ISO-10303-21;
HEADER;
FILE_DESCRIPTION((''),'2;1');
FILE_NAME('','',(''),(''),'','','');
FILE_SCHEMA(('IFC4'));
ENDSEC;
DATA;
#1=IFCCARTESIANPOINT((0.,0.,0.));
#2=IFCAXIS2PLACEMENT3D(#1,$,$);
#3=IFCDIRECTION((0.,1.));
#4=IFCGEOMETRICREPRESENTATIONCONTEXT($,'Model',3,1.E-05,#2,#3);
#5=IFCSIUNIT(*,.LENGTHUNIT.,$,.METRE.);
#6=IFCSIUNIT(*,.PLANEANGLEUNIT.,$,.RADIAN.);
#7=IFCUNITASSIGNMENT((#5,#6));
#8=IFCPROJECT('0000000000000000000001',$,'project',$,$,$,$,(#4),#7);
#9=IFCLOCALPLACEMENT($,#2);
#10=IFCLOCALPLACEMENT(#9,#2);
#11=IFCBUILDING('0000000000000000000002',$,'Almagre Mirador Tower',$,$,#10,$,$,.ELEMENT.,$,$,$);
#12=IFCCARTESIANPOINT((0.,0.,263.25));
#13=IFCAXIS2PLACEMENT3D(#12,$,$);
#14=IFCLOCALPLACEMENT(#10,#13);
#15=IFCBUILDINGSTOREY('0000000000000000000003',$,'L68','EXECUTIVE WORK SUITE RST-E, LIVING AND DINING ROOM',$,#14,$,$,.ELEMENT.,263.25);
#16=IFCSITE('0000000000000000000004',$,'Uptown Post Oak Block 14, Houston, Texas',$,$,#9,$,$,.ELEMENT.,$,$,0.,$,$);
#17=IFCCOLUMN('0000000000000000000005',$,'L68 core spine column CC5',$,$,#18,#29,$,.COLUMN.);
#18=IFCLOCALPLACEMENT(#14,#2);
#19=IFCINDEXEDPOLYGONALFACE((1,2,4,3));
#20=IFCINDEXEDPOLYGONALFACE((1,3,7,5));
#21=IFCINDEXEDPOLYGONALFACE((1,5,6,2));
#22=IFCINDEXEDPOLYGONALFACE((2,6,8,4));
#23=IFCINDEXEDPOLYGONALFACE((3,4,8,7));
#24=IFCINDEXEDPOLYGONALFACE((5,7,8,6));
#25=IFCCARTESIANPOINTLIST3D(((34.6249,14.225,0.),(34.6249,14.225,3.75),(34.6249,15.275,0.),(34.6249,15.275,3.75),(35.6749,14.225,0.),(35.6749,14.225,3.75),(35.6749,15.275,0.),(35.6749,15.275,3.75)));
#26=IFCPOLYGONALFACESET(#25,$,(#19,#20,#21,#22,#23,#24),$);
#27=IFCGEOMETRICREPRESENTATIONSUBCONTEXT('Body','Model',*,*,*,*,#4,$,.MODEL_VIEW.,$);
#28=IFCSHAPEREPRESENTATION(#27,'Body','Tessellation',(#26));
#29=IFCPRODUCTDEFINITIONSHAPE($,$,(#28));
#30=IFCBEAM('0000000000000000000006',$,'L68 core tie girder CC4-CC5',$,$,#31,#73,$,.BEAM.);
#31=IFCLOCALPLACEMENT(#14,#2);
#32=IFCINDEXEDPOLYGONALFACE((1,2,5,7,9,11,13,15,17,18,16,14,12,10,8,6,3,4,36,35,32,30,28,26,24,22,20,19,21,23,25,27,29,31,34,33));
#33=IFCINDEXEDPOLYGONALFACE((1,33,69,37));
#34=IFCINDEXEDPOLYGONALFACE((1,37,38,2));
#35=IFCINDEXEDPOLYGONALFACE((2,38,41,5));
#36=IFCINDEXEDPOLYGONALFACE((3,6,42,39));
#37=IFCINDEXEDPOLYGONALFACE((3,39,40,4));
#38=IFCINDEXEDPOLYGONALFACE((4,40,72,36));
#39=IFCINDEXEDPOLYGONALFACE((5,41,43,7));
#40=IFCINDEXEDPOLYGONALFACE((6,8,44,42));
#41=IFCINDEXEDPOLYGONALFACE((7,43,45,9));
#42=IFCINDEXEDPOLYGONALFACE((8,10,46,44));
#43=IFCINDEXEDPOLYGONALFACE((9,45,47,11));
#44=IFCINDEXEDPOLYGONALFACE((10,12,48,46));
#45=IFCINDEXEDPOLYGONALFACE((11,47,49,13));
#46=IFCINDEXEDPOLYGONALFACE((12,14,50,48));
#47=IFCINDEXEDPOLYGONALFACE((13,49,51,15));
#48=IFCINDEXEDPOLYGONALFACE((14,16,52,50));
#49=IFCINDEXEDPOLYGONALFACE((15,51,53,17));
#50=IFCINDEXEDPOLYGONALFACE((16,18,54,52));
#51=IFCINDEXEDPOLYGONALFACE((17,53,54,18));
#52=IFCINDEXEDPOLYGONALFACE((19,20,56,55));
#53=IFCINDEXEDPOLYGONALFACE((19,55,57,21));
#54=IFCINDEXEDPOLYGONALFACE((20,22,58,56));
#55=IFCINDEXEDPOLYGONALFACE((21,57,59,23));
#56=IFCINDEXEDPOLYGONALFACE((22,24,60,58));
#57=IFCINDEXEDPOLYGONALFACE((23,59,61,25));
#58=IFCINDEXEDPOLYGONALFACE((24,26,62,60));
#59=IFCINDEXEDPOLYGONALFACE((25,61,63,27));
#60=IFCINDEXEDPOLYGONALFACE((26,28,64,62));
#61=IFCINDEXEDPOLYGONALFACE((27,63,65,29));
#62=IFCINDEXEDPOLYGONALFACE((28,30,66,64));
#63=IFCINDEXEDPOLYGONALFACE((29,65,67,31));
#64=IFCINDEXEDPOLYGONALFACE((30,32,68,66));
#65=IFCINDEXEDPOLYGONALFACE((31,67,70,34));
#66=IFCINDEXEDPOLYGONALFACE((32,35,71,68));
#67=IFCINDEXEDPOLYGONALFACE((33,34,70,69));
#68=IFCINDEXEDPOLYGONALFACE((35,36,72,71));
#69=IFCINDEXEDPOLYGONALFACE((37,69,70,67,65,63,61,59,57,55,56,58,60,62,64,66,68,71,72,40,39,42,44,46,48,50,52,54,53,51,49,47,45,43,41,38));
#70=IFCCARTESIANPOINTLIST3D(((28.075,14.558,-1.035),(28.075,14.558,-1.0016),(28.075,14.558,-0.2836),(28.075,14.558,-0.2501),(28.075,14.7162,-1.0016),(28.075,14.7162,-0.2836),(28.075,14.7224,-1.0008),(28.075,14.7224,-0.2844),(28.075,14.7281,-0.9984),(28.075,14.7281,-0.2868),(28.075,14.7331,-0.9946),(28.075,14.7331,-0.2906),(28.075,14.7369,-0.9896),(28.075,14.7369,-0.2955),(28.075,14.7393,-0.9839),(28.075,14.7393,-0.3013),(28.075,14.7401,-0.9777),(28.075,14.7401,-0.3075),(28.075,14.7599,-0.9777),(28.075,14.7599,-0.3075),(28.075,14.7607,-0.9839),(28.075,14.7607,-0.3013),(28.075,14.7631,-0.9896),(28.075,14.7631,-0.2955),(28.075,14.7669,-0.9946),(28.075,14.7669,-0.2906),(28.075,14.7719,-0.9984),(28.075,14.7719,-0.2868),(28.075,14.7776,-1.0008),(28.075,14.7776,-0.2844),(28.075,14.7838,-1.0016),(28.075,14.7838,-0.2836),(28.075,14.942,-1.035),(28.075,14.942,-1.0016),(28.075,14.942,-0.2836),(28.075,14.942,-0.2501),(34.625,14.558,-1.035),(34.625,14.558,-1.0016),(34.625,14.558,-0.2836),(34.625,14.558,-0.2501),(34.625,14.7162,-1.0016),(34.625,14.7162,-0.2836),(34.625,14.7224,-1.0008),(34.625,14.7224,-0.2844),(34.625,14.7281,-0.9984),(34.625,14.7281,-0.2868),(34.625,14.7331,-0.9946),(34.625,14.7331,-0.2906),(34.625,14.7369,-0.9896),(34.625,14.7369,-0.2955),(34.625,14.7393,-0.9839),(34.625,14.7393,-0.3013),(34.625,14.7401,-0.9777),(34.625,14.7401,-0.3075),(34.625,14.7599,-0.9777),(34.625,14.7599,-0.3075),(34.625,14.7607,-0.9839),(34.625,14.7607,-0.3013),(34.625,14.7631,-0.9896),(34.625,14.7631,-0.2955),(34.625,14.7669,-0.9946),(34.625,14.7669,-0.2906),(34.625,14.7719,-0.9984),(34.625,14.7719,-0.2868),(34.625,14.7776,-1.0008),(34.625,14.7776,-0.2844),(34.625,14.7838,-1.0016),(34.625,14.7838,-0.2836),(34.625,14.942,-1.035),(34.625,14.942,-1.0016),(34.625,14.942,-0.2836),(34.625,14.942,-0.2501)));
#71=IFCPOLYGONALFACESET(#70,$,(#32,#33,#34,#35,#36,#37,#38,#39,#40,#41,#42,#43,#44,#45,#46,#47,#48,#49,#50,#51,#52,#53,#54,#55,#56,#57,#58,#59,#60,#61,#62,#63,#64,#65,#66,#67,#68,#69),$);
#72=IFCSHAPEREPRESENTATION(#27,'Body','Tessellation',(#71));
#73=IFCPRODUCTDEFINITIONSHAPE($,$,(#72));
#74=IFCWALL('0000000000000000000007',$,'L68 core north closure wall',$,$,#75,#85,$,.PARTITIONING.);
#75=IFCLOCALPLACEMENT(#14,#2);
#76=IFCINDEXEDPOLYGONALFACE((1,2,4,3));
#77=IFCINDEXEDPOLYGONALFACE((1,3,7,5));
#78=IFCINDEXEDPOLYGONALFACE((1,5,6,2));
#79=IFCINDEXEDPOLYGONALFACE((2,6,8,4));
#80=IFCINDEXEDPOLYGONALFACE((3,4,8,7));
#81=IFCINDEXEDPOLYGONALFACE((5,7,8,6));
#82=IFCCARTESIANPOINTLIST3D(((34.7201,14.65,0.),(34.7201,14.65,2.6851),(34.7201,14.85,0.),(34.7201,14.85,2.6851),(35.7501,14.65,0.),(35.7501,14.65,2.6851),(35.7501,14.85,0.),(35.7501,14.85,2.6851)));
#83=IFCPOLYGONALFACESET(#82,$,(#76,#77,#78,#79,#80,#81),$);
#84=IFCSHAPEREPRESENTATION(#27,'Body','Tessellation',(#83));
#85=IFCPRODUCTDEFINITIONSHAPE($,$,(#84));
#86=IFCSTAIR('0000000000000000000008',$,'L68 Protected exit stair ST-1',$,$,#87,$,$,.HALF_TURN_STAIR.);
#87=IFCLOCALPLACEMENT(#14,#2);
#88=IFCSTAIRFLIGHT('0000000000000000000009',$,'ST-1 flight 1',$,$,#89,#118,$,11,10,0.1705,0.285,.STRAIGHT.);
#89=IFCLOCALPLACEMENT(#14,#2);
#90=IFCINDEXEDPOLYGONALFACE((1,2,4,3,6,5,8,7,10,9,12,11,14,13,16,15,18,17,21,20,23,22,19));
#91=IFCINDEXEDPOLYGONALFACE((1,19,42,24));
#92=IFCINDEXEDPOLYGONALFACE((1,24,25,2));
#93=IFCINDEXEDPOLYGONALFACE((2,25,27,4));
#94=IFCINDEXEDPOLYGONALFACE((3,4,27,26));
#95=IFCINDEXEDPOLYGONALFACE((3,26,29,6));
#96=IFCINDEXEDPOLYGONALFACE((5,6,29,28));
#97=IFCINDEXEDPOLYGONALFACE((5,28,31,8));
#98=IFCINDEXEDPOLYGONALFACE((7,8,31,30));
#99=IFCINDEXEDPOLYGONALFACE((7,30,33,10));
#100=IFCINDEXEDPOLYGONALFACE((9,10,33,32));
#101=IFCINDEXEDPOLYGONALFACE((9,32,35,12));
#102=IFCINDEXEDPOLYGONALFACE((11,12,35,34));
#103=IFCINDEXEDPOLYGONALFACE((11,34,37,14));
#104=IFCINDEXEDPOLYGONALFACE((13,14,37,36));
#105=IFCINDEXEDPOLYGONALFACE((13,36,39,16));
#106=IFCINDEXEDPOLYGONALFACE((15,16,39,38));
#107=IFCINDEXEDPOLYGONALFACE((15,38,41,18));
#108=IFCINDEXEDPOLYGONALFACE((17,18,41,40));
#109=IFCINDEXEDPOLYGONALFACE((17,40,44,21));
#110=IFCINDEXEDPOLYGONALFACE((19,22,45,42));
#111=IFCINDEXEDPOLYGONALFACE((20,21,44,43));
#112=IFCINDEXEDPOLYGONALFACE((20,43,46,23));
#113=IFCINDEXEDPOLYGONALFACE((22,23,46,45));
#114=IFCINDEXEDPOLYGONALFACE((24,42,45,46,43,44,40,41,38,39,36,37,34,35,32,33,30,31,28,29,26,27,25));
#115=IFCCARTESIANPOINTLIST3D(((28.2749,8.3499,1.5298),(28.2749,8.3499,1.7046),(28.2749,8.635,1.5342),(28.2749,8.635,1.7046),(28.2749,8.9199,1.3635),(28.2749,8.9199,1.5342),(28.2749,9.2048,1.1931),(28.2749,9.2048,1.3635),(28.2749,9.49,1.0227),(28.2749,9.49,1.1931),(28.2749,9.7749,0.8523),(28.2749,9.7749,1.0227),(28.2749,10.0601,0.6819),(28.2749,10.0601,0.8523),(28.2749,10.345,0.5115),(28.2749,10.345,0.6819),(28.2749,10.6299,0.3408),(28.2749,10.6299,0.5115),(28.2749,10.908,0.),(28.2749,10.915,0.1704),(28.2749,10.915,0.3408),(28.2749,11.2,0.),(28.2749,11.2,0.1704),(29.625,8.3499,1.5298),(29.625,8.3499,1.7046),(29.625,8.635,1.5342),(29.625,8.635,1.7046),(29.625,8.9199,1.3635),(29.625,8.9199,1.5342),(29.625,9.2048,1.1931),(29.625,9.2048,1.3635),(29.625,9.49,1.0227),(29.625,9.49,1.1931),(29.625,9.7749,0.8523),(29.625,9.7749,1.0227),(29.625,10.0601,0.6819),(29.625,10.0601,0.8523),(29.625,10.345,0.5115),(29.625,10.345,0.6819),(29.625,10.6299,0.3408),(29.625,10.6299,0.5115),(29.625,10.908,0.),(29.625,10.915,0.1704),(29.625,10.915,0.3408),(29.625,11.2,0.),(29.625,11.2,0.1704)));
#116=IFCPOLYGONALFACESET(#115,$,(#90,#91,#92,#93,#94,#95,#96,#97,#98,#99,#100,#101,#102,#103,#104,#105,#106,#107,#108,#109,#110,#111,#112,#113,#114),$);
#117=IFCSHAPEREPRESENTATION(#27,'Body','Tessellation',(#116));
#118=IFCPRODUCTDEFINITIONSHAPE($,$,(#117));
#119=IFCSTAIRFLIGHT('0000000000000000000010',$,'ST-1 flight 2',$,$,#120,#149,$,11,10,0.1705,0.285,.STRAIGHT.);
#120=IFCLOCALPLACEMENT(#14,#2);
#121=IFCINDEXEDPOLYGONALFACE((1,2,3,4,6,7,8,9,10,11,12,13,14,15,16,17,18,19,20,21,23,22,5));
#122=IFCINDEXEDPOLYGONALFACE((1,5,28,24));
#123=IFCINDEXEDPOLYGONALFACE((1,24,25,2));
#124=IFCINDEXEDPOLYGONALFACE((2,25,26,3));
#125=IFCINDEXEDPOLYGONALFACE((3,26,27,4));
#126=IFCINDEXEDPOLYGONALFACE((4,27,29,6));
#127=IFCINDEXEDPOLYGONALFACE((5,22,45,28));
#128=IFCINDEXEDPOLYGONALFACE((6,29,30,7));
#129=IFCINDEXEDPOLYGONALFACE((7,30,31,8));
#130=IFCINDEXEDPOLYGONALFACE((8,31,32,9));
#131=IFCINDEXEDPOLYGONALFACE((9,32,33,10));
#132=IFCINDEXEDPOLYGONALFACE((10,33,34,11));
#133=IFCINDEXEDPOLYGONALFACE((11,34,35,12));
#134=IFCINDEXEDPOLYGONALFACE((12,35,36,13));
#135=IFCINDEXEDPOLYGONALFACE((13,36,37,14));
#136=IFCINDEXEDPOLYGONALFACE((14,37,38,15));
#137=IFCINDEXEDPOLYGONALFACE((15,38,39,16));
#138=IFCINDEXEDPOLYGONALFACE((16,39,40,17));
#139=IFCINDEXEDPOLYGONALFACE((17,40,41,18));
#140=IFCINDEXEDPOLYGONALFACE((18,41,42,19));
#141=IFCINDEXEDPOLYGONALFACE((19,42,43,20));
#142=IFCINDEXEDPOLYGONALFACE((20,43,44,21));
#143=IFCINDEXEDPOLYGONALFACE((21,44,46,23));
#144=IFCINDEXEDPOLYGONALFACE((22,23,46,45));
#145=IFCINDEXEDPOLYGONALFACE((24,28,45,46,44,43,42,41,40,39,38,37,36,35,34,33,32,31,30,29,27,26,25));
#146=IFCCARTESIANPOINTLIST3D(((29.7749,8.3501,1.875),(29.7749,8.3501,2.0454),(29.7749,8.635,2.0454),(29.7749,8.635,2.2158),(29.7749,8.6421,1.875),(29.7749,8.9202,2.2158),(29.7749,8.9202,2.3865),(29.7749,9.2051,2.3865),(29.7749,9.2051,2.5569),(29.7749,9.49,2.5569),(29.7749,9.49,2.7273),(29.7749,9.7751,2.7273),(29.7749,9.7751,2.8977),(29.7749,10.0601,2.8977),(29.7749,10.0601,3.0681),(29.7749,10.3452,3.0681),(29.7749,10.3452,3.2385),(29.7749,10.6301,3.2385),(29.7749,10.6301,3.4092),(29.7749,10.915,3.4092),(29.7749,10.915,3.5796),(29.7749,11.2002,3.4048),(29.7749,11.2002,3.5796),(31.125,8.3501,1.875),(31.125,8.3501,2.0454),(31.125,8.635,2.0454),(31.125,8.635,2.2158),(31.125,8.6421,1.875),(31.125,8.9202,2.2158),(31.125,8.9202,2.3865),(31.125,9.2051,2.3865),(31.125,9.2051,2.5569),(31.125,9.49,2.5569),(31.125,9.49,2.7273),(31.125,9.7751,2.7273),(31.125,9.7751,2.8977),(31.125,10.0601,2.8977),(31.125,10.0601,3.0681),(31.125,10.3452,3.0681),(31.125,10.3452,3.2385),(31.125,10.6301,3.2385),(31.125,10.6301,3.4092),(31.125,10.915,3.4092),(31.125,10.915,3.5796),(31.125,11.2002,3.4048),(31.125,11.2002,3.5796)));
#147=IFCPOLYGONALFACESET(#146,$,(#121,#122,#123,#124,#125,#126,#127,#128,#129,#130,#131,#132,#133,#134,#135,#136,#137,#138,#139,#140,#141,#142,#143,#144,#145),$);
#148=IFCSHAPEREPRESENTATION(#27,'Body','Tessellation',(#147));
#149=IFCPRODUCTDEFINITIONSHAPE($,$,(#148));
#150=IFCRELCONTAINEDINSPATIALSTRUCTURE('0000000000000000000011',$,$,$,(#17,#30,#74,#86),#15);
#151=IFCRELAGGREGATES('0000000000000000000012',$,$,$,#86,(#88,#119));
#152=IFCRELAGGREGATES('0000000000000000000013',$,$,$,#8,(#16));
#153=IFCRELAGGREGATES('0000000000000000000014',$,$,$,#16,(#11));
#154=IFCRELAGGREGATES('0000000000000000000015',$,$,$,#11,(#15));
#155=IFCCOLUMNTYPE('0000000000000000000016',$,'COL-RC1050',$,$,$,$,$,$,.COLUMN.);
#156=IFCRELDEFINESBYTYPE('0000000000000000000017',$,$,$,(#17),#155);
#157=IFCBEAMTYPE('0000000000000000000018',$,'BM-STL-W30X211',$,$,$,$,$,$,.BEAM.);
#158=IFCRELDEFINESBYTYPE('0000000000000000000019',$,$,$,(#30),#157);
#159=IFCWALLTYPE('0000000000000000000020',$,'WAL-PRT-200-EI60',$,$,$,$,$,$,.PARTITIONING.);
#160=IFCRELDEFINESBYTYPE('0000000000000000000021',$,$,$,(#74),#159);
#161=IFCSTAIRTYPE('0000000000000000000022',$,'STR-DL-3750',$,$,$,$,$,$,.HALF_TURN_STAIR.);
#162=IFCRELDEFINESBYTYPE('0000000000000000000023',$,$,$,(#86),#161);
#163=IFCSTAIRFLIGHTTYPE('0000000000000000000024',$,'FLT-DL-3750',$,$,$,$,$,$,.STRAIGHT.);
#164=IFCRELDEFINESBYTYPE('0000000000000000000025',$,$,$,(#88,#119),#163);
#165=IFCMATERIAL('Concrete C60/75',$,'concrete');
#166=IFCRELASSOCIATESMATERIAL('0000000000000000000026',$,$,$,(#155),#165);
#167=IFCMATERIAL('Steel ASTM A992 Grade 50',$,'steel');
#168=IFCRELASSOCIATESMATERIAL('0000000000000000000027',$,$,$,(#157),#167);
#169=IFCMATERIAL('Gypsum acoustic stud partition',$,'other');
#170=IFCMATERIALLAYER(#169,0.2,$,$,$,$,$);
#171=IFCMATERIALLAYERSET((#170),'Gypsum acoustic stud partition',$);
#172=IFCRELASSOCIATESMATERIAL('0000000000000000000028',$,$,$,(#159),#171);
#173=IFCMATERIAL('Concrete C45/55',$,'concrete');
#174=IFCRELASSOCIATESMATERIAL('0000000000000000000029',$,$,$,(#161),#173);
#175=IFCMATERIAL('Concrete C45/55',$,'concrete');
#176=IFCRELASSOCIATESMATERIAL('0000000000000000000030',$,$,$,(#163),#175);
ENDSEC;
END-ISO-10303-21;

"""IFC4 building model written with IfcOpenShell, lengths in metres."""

from ifc_helpers import new_model, si_unit, direction, frame, frame_2d, origin, origin_2d, place, context, subcontext, project, spatial, polyline, rectangle, i_section, outline, extrude, material, layer, layer_set, material_profile, profile_set, type_object, element, aggregate, save


model = new_model("IFC4")

# Units and contexts
model_context = context("Model", 3, precision=1e-05, world=origin(), true_north=direction((0.0, 1.0)))
body_context = subcontext(model_context, "Body", "Model", "MODEL_VIEW")
ifc_project = project(units=[si_unit("LENGTHUNIT", "METRE"), si_unit("PLANEANGLEUNIT", "RADIAN")], contexts=[model_context])

# Site, building, storey
site_placement = place(None, origin())
site = spatial("IfcSite", under=ifc_project, at=site_placement, Name="Uptown Post Oak Block 14, Houston, Texas", CompositionType="ELEMENT", RefElevation=0.0)
building_placement = place(site_placement, origin())
building = spatial("IfcBuilding", under=site, at=building_placement, Name="Almagre Mirador Tower", CompositionType="ELEMENT")
storey_placement = place(building_placement, frame((0.0, 0.0, 263.25)))
storey = spatial("IfcBuildingStorey", under=building, at=storey_placement, Name="L68", Description="EXECUTIVE WORK SUITE RST-E, LIVING AND DINING ROOM", CompositionType="ELEMENT", Elevation=263.25)

# Column
ifc_material_1 = material(Name="Concrete C60/75", Category="concrete")
ifc_material_profile_1 = material_profile(ifc_material_1, rectangle(XDim=1.05, YDim=1.05, at=origin_2d()), Name="RC1050X1050")
ifc_profile_set_1 = profile_set([ifc_material_profile_1], Name="Concrete C60/75")
column_type = type_object("IfcColumnType", Name="COL-RC1050", PredefinedType="COLUMN", material=ifc_profile_set_1)
column_placement = place(storey_placement, frame((35.1499, 14.75, 0.0), z_axis=(0.0, 0.0, 1.0), x_axis=(1.0, 0.0, 0.0)))
element("IfcColumn", 1, at=column_placement, inside=storey, type_object=column_type, Name="L68 core spine column CC5", PredefinedType="COLUMN", context=body_context, shape_type="SweptSolid", body=[
    extrude(rectangle(XDim=1.05, YDim=1.05, at=origin_2d()), origin(), (0.0, 0.0, 1.0), 3.75),
])

# Beam
ifc_material_2 = material(Name="Steel ASTM A992 Grade 50", Category="steel")
ifc_material_profile_2 = material_profile(ifc_material_2, i_section(OverallWidth=0.384, OverallDepth=0.7849, WebThickness=0.0198, FlangeThickness=0.0334, FilletRadius=0.0239, at=origin_2d()), Name="W30X211")
ifc_profile_set_2 = profile_set([ifc_material_profile_2], Name="Steel ASTM A992 Grade 50")
beam_type = type_object("IfcBeamType", Name="BM-STL-W30X211", PredefinedType="BEAM", material=ifc_profile_set_2)
beam_placement = place(storey_placement, frame((28.075, 14.75, -0.6426), z_axis=(1.0, 0.0, 0.0), x_axis=(0.0, 1.0, 0.0)))
element("IfcBeam", 2, at=beam_placement, inside=storey, type_object=beam_type, Name="L68 core tie girder CC4-CC5", PredefinedType="BEAM", context=body_context, shape_type="SweptSolid", body=[
    extrude(i_section(OverallWidth=0.384, OverallDepth=0.7849, WebThickness=0.0198, FlangeThickness=0.0334, FilletRadius=0.0239, at=origin_2d()), origin(), (0.0, 0.0, 1.0), 6.55),
])

# Wall
ifc_material_3 = material(Name="Gypsum acoustic stud partition", Category="other")
ifc_layer_1 = layer(ifc_material_3, 0.2)
ifc_layer_set_1 = layer_set([ifc_layer_1], Name="Gypsum acoustic stud partition")
wall_type_1 = type_object("IfcWallType", Name="WAL-PRT-200-EI60", PredefinedType="PARTITIONING", material=ifc_layer_set_1)
wall_1_placement = place(storey_placement, frame((34.72, 14.75, 0.0), z_axis=(0.0, 0.0, 1.0), x_axis=(1.0, 0.0, 0.0)))
element("IfcWall", 3, at=wall_1_placement, inside=storey, type_object=wall_type_1, Name="L68 core north closure wall", PredefinedType="PARTITIONING", context=body_context, shape_type="SweptSolid", body=[
    extrude(rectangle(XDim=1.03, YDim=0.2, at=frame_2d((0.5151, 0.0))), origin(), (0.0, 0.0, 1.0), 2.6851),
])

# Stair, stair flights
ifc_material_4 = material(Name="Concrete C45/55", Category="concrete")
stair_type = type_object("IfcStairType", Name="STR-DL-3750", PredefinedType="HALF_TURN_STAIR", material=ifc_material_4)
stair_placement = place(storey_placement, origin())
stair = element("IfcStair", 4, at=stair_placement, inside=storey, type_object=stair_type, Name="L68 Protected exit stair ST-1", PredefinedType="HALF_TURN_STAIR")
ifc_material_5 = material(Name="Concrete C45/55", Category="concrete")
stair_flight_type = type_object("IfcStairFlightType", Name="FLT-DL-3750", PredefinedType="STRAIGHT", material=ifc_material_5)
stair_flight_1_placement = place(storey_placement, frame((28.95, 11.2, 0.0), z_axis=(0.0, 0.0, 1.0), x_axis=(0.0, -1.0, 0.0)))
stair_flight_1 = element("IfcStairFlight", 5, at=stair_flight_1_placement, type_object=stair_flight_type, Name="ST-1 flight 1", NumberOfRisers=11, NumberOfTreads=10, PredefinedType="STRAIGHT", RiserHeight=0.1705, TreadLength=0.285, context=body_context, shape_type="SweptSolid", body=[
    extrude(outline(polyline([(0.0, 0.0), (0.0, 0.1704), (0.2849, 0.1704), (0.2849, 0.3408), (0.5701, 0.3408), (0.5701, 0.5115), (0.855, 0.5115), (0.855, 0.6819), (1.1399, 0.6819), (1.1399, 0.8523), (1.425, 0.8523), (1.425, 1.0227), (1.71, 1.0227), (1.71, 1.1931), (1.9951, 1.1931), (1.9951, 1.3635), (2.28, 1.3635), (2.28, 1.5342), (2.5649, 1.5342), (2.5649, 1.7046), (2.8501, 1.7046), (2.8501, 1.875), (2.8501, 1.5298), (0.292, 0.0), (0.0, 0.0)])), frame((0.0, 0.675, 0.0), z_axis=(0.0, -1.0, 0.0), x_axis=(1.0, 0.0, 0.0)), (0.0, 0.0, 1.0), 1.3501),
])
stair_flight_2_placement = place(storey_placement, frame((30.45, 8.3501, 1.875), z_axis=(0.0, 0.0, 1.0), x_axis=(0.0, 1.0, 0.0)))
stair_flight_2 = element("IfcStairFlight", 6, at=stair_flight_2_placement, type_object=stair_flight_type, Name="ST-1 flight 2", NumberOfRisers=11, NumberOfTreads=10, PredefinedType="STRAIGHT", RiserHeight=0.1705, TreadLength=0.285, context=body_context, shape_type="SweptSolid", body=[
    extrude(outline(polyline([(0.0, 0.0), (0.0, 0.1704), (0.2849, 0.1704), (0.2849, 0.3408), (0.5701, 0.3408), (0.5701, 0.5115), (0.855, 0.5115), (0.855, 0.6819), (1.1399, 0.6819), (1.1399, 0.8523), (1.425, 0.8523), (1.425, 1.0227), (1.71, 1.0227), (1.71, 1.1931), (1.9951, 1.1931), (1.9951, 1.3635), (2.28, 1.3635), (2.28, 1.5342), (2.5649, 1.5342), (2.5649, 1.7046), (2.8501, 1.7046), (2.8501, 1.875), (2.8501, 1.5298), (0.292, 0.0), (0.0, 0.0)])), frame((0.0, 0.675, 0.0), z_axis=(0.0, -1.0, 0.0), x_axis=(1.0, 0.0, 0.0)), (0.0, 0.0, 1.0), 1.3501),
])
aggregate(stair, [stair_flight_1, stair_flight_2])

save(model, "model.ifc")
